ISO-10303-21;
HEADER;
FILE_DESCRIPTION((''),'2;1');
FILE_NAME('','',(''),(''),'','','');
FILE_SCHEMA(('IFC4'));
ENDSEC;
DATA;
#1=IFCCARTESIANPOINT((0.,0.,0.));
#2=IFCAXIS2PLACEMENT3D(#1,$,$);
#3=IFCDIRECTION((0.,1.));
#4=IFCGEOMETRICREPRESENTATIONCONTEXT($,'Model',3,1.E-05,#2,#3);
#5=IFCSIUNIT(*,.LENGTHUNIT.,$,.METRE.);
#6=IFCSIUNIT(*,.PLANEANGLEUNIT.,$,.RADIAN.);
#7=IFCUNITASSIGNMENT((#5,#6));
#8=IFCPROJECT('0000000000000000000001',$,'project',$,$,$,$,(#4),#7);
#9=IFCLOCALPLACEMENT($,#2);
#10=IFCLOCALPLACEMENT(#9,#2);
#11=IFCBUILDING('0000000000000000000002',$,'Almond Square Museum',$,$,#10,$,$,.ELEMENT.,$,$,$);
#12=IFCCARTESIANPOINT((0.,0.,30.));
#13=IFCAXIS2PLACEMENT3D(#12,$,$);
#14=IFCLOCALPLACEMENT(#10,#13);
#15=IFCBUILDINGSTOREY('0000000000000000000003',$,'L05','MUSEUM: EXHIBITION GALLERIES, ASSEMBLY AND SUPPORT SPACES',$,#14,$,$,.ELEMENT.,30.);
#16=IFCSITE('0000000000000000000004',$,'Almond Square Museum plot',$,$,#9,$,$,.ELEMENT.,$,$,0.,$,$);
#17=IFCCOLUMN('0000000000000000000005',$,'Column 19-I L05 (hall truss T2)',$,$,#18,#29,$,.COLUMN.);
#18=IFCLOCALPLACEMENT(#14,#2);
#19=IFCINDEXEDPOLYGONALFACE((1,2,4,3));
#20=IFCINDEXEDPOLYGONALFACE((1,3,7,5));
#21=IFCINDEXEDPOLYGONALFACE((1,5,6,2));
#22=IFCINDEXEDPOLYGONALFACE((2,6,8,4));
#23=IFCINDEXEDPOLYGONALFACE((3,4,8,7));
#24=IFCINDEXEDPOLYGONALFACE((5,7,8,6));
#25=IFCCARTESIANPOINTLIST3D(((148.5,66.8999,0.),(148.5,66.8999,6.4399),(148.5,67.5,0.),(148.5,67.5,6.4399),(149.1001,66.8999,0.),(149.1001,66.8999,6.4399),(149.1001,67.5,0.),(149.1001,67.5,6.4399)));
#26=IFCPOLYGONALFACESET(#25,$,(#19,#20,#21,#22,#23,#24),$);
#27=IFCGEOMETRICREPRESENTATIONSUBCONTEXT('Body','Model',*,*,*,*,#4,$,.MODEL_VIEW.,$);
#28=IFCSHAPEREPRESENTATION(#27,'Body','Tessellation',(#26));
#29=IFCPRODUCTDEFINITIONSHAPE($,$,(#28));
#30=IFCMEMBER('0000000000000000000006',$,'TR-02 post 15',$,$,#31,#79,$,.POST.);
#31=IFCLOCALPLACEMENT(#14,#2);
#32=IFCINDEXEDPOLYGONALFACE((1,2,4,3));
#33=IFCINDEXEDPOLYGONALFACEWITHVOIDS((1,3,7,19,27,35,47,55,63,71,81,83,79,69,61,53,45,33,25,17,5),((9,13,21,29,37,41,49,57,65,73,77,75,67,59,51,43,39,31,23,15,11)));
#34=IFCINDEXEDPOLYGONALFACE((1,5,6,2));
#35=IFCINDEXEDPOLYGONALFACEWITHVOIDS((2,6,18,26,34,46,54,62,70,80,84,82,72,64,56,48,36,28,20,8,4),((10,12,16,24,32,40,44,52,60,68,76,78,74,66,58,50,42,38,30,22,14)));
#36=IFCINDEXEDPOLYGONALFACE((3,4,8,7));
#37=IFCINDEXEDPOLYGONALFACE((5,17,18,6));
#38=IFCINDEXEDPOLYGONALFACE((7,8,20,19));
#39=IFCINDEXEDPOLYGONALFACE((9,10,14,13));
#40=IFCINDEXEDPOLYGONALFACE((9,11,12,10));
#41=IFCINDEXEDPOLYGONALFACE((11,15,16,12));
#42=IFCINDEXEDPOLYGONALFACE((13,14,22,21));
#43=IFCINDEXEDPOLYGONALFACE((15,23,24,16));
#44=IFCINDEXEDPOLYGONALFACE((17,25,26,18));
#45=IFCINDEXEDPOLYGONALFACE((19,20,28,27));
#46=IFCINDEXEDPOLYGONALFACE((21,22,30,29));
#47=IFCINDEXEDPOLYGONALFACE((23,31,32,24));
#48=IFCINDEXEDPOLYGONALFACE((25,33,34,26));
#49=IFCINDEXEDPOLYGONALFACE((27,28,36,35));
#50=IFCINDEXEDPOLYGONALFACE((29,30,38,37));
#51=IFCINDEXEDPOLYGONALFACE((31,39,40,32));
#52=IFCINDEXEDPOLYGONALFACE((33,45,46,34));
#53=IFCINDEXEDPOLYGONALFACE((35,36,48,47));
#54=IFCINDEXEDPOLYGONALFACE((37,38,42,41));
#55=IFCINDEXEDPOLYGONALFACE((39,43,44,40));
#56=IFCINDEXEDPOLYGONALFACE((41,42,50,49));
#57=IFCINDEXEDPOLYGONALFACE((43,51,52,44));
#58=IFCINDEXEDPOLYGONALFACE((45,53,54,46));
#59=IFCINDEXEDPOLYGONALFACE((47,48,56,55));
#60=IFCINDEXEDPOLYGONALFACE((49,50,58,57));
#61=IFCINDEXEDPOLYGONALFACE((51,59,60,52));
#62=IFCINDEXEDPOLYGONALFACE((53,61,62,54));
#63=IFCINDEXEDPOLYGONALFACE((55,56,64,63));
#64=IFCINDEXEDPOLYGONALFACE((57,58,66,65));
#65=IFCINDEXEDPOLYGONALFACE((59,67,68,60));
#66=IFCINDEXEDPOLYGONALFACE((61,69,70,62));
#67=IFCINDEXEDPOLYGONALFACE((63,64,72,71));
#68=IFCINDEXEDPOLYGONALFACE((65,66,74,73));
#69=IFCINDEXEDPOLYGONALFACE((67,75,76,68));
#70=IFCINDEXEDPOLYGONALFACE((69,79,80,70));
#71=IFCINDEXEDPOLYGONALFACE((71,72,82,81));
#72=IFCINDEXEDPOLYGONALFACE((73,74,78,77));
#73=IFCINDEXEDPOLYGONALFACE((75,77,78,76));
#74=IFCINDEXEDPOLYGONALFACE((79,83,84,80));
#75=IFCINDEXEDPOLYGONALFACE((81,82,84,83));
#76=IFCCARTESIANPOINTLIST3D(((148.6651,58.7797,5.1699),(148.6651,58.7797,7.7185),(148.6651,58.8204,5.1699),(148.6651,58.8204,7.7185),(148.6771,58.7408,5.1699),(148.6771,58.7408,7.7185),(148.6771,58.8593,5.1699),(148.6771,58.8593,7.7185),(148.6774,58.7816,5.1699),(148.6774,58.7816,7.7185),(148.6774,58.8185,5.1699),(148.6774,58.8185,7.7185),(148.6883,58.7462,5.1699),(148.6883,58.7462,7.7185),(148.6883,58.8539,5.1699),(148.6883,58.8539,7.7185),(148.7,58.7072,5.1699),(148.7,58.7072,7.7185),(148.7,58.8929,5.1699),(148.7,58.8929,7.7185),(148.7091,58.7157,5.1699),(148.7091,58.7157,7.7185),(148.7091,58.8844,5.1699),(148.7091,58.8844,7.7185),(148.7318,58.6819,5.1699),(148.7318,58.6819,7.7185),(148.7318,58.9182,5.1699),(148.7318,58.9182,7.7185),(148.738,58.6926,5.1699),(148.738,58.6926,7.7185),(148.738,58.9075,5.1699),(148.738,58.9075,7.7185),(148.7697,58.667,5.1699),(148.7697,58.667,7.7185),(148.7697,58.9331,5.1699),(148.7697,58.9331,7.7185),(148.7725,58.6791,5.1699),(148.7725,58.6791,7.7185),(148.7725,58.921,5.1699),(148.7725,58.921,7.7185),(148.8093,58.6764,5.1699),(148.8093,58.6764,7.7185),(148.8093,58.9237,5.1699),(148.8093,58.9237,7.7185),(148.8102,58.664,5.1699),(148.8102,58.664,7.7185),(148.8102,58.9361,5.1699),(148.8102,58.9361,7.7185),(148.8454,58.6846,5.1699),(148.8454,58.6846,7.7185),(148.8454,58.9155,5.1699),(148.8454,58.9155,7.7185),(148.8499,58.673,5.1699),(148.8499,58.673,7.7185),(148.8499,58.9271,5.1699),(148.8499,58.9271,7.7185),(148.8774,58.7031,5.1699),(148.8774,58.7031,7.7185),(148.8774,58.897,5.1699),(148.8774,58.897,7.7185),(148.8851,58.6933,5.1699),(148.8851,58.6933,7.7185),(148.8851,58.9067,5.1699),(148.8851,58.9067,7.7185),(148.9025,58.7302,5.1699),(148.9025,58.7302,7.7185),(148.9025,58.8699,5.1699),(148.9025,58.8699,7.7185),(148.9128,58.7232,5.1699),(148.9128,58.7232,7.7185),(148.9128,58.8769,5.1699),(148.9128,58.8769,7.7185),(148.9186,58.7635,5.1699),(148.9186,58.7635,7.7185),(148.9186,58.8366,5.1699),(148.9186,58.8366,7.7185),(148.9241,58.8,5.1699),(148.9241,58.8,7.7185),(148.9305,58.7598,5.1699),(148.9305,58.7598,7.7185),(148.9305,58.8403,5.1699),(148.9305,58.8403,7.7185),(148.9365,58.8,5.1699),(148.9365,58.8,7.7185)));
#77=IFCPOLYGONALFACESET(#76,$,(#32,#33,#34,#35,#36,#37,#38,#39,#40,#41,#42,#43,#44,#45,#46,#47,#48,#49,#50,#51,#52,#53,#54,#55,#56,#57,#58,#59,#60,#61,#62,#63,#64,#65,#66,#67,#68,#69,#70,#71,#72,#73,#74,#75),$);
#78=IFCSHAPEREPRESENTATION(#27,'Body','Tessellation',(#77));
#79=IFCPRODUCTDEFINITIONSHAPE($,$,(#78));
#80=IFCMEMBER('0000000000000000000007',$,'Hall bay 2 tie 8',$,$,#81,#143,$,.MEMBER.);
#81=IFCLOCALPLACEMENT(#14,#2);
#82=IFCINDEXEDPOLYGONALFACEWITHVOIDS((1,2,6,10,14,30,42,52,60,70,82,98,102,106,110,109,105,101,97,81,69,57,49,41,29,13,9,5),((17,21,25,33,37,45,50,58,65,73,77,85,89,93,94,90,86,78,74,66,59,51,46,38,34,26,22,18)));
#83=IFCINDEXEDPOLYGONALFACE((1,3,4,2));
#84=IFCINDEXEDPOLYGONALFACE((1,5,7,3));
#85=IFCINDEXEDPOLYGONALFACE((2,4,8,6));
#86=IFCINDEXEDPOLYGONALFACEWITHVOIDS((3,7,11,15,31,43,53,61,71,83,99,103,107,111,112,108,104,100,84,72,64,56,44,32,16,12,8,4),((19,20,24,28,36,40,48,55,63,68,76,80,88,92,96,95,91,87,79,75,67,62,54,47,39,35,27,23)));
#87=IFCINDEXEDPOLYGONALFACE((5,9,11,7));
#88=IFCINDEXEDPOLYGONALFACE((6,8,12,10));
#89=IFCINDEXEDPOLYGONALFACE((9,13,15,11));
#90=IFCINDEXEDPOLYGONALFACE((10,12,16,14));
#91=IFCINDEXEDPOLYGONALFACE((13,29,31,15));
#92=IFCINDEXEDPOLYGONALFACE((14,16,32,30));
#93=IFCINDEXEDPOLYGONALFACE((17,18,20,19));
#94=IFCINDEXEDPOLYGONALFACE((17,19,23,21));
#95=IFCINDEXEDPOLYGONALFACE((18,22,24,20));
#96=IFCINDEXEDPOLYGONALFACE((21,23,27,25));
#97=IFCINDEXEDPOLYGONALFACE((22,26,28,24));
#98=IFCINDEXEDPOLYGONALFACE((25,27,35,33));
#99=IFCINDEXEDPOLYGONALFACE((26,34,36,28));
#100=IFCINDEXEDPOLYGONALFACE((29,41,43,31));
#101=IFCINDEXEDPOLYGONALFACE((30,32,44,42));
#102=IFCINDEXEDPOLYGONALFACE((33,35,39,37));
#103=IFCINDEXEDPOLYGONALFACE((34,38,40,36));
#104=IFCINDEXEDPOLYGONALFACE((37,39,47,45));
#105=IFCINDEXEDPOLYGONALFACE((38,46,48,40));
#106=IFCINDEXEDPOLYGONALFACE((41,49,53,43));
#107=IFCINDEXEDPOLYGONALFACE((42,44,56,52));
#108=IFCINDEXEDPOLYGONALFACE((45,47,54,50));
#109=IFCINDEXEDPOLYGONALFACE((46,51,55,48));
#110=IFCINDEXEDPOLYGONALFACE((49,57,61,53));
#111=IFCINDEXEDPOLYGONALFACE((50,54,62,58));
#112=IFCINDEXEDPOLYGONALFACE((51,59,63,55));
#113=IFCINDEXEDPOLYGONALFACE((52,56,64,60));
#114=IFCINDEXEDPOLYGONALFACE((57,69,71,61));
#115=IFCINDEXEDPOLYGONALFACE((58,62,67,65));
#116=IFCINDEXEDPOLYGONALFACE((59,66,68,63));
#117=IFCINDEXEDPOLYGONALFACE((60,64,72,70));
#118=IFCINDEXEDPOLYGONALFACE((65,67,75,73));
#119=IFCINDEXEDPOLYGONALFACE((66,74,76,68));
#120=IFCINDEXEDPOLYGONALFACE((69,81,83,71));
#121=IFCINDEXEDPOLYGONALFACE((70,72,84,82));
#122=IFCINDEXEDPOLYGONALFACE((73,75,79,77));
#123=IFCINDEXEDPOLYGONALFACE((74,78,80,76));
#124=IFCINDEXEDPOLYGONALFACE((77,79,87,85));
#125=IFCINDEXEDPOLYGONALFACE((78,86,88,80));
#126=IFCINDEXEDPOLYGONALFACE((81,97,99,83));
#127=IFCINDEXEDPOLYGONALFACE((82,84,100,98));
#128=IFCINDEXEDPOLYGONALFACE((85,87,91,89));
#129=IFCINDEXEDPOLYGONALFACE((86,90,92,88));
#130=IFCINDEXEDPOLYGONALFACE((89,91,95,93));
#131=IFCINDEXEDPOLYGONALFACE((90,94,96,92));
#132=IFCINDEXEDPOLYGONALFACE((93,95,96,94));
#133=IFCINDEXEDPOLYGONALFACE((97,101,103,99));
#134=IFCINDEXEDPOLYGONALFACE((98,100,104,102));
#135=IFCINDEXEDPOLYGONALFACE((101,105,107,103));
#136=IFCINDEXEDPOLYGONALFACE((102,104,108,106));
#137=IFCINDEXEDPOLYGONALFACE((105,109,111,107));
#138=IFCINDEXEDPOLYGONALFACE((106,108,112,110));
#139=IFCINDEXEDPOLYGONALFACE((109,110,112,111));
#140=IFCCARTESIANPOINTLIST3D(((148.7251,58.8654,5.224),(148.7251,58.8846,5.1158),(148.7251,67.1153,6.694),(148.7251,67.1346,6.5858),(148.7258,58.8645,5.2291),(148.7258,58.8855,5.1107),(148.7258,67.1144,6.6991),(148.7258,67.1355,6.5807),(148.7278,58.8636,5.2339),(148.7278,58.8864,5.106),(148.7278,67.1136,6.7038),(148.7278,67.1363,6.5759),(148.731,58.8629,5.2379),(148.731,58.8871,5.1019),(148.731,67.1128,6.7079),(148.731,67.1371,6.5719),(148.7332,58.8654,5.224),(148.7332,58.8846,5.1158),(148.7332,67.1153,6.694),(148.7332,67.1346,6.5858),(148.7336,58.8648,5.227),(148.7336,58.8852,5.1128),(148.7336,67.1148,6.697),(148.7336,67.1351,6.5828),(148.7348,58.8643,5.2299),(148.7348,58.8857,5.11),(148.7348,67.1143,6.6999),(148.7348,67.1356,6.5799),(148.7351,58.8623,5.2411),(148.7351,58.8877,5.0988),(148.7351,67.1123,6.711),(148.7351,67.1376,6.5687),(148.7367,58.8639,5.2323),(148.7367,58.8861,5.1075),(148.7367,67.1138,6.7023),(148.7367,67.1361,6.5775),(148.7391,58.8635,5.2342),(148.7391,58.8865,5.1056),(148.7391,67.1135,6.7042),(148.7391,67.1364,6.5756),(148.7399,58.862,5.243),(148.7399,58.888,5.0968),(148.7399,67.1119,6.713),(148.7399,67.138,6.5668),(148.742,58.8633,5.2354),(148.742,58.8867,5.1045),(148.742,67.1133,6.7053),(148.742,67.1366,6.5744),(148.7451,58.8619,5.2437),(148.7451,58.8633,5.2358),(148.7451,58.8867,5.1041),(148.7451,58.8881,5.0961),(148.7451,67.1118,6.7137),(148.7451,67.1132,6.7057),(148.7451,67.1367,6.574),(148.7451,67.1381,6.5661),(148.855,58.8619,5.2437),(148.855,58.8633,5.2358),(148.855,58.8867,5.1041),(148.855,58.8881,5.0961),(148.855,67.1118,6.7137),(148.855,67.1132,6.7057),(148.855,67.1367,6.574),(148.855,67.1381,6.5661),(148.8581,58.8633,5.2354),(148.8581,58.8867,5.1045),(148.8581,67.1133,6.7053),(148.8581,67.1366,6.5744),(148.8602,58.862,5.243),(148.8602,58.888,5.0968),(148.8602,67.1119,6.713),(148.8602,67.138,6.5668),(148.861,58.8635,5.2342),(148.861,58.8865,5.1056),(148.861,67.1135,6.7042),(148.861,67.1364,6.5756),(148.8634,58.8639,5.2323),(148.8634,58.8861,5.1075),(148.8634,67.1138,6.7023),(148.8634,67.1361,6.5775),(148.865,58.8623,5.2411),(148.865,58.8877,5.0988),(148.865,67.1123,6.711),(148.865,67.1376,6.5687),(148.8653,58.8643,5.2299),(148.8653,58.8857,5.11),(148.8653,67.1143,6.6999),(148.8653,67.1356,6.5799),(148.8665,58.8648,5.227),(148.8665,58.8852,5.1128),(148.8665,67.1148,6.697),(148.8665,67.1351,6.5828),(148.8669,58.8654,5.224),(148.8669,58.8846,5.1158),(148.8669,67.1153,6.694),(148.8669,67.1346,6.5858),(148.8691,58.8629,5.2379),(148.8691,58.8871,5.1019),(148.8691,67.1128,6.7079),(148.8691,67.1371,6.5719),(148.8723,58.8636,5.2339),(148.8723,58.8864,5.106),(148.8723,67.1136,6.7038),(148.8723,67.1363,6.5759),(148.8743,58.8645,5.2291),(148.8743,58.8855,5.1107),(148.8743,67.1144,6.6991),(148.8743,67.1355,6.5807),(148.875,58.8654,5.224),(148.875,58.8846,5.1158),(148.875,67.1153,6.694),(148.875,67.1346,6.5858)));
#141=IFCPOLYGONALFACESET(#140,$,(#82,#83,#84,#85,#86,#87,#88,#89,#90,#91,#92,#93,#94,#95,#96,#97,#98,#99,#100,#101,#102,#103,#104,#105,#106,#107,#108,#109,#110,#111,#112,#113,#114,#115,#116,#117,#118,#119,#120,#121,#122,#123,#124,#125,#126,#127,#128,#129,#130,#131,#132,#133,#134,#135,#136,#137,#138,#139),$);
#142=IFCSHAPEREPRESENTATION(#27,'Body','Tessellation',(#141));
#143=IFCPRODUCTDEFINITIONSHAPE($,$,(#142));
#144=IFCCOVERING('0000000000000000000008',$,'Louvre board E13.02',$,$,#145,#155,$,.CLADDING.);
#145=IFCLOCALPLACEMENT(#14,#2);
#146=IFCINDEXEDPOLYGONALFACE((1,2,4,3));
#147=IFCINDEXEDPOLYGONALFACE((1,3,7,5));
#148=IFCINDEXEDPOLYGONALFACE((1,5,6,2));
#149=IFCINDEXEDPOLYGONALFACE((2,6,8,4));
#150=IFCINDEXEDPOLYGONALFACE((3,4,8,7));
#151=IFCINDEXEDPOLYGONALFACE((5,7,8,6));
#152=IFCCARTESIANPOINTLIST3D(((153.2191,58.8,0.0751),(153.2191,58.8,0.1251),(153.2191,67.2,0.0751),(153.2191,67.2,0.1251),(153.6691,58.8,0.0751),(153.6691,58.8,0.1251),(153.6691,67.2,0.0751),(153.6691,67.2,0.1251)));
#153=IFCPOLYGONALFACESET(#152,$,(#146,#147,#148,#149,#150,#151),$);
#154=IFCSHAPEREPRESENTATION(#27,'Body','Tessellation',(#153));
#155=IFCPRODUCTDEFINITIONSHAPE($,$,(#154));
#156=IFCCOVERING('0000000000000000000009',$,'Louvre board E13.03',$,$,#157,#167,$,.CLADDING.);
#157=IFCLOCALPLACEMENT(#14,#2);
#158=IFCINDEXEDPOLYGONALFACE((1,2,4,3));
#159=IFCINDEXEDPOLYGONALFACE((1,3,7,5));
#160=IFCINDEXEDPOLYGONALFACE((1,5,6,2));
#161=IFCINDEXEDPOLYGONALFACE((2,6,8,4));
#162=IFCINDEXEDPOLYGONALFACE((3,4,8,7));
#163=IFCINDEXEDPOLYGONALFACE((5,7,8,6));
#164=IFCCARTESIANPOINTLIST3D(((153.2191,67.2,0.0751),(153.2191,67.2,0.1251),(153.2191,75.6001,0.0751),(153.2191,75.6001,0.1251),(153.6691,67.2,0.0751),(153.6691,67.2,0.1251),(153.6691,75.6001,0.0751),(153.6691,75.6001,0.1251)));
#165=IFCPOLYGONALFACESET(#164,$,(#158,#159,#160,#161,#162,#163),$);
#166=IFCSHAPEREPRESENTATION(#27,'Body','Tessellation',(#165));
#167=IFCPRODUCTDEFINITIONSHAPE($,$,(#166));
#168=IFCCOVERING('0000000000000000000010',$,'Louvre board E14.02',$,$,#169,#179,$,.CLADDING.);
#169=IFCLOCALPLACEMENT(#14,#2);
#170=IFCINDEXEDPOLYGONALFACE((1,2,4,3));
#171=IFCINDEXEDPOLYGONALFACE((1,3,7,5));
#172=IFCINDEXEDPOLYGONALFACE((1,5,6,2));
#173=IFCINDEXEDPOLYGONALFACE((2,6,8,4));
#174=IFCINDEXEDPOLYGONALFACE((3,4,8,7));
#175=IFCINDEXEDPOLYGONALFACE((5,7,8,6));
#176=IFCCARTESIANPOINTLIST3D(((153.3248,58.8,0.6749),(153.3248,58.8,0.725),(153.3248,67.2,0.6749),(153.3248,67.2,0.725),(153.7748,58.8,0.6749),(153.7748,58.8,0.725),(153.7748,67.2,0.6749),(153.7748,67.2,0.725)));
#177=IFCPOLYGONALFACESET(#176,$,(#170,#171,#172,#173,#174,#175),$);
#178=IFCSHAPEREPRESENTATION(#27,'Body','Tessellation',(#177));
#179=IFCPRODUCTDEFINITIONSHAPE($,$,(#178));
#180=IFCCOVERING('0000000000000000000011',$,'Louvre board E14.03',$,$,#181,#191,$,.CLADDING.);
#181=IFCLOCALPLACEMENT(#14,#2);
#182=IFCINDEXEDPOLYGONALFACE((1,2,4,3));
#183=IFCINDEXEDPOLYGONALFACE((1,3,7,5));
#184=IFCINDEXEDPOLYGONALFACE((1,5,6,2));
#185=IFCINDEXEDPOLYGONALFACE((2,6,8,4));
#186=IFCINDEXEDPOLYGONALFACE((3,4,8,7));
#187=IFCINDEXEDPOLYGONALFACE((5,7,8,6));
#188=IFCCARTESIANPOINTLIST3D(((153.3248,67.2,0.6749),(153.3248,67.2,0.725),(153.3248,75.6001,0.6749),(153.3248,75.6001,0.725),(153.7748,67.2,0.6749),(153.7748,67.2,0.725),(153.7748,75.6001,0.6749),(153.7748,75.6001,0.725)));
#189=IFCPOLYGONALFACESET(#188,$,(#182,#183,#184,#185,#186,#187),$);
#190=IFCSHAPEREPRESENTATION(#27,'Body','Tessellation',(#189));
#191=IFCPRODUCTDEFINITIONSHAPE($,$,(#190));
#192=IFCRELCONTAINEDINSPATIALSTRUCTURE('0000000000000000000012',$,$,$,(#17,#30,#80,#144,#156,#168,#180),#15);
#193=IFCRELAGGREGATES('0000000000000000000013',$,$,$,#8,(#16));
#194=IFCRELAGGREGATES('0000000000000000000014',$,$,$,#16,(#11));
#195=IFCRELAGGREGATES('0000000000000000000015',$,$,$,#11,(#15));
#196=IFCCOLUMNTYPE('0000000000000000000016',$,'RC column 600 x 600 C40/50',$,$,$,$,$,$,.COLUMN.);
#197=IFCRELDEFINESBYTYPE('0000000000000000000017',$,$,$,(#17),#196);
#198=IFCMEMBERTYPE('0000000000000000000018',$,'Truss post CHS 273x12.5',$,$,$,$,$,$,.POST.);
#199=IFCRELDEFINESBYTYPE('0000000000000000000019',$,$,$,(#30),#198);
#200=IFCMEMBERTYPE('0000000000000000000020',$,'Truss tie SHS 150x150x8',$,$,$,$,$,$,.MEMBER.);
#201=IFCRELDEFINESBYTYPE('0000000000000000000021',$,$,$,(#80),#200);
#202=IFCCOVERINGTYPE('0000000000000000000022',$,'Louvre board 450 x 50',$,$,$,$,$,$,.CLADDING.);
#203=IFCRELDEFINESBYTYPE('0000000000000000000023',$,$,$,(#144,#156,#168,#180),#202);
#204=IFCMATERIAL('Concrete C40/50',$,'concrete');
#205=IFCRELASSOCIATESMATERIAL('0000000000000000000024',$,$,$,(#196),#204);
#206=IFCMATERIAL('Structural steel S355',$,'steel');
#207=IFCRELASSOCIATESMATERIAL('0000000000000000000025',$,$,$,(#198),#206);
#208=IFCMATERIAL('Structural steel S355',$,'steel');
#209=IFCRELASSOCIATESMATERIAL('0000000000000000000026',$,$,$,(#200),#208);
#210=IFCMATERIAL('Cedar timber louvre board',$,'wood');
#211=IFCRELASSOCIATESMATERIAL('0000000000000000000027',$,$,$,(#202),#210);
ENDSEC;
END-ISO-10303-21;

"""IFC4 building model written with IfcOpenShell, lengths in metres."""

from ifc_helpers import new_model, si_unit, direction, frame, origin, origin_2d, place, context, subcontext, project, spatial, rectangle, hollow_rectangle, hollow_circle, extrude, material, material_profile, profile_set, type_object, element, save


model = new_model("IFC4")

# Units and contexts
model_context = context("Model", 3, precision=1e-05, world=origin(), true_north=direction((0.0, 1.0)))
body_context = subcontext(model_context, "Body", "Model", "MODEL_VIEW")
ifc_project = project(units=[si_unit("LENGTHUNIT", "METRE"), si_unit("PLANEANGLEUNIT", "RADIAN")], contexts=[model_context])

# Site, building, storey
site_placement = place(None, origin())
site = spatial("IfcSite", under=ifc_project, at=site_placement, Name="Almond Square Museum plot", CompositionType="ELEMENT", RefElevation=0.0)
building_placement = place(site_placement, origin())
building = spatial("IfcBuilding", under=site, at=building_placement, Name="Almond Square Museum", CompositionType="ELEMENT")
storey_placement = place(building_placement, frame((0.0, 0.0, 30.0)))
storey = spatial("IfcBuildingStorey", under=building, at=storey_placement, Name="L05", Description="MUSEUM: EXHIBITION GALLERIES, ASSEMBLY AND SUPPORT SPACES", CompositionType="ELEMENT", Elevation=30.0)

# Column
ifc_material_1 = material(Name="Concrete C40/50", Category="concrete")
ifc_material_profile_1 = material_profile(ifc_material_1, rectangle(XDim=0.6001, YDim=0.6001, at=origin_2d()))
ifc_profile_set_1 = profile_set([ifc_material_profile_1], Name="Concrete C40/50")
column_type = type_object("IfcColumnType", Name="RC column 600 x 600 C40/50", PredefinedType="COLUMN", material=ifc_profile_set_1)
column_placement = place(storey_placement, frame((148.8, 67.2, 0.0), z_axis=(0.0, 0.0, 1.0), x_axis=(1.0, 0.0, 0.0)))
element("IfcColumn", 1, at=column_placement, inside=storey, type_object=column_type, Name="Column 19-I L05 (hall truss T2)", PredefinedType="COLUMN", context=body_context, shape_type="SweptSolid", body=[
    extrude(rectangle(XDim=0.6001, YDim=0.6001, at=origin_2d()), origin(), (0.0, 0.0, 1.0), 6.4399),
])

# Members
ifc_material_2 = material(Name="Structural steel S355", Category="steel")
ifc_material_profile_2 = material_profile(ifc_material_2, hollow_circle(Radius=0.1365, WallThickness=0.0125, at=origin_2d()))
ifc_profile_set_2 = profile_set([ifc_material_profile_2], Name="Structural steel S355")
member_type_1 = type_object("IfcMemberType", Name="Truss post CHS 273x12.5", PredefinedType="POST", material=ifc_profile_set_2)
member_1_placement = place(storey_placement, frame((148.8, 58.8, 5.1699), z_axis=(0.0, 0.0, 1.0), x_axis=(1.0, 0.0, 0.0)))
element("IfcMember", 2, at=member_1_placement, inside=storey, type_object=member_type_1, Name="TR-02 post 15", PredefinedType="POST", context=body_context, shape_type="SweptSolid", body=[
    extrude(hollow_circle(Radius=0.1365, WallThickness=0.0125, at=origin_2d()), origin(), (0.0, 0.0, 1.0), 2.5486),
])
ifc_material_3 = material(Name="Structural steel S355", Category="steel")
ifc_material_profile_3 = material_profile(ifc_material_3, hollow_rectangle(XDim=0.1499, YDim=0.1499, WallThickness=0.0081, InnerFilletRadius=0.012, OuterFilletRadius=0.02, at=origin_2d()))
ifc_profile_set_3 = profile_set([ifc_material_profile_3], Name="Structural steel S355")
member_type_2 = type_object("IfcMemberType", Name="Truss tie SHS 150x150x8", PredefinedType="MEMBER", material=ifc_profile_set_3)
member_2_placement = place(storey_placement, frame((148.8, 58.875, 5.1699), z_axis=(0.0, 0.984494, 0.175416), x_axis=(-1.0, 0.0, 0.0)))
element("IfcMember", 3, at=member_2_placement, inside=storey, type_object=member_type_2, Name="Hall bay 2 tie 8", PredefinedType="MEMBER", context=body_context, shape_type="SweptSolid", body=[
    extrude(hollow_rectangle(XDim=0.1499, YDim=0.1499, WallThickness=0.0081, InnerFilletRadius=0.012, OuterFilletRadius=0.02, at=origin_2d()), origin(), (0.0, 0.0, 1.0), 8.3799),
])

# Coverings
ifc_material_4 = material(Name="Cedar timber louvre board", Category="wood")
ifc_material_profile_4 = material_profile(ifc_material_4, rectangle(XDim=0.45, YDim=0.05, at=origin_2d()))
ifc_profile_set_4 = profile_set([ifc_material_profile_4], Name="Cedar timber louvre board")
covering_type = type_object("IfcCoveringType", Name="Louvre board 450 x 50", PredefinedType="CLADDING", material=ifc_profile_set_4)
covering_1_placement = place(storey_placement, frame((153.4441, 58.8, 0.1001), z_axis=(0.0, 1.0, 0.0), x_axis=(-1.0, 0.0, 0.0)))
element("IfcCovering", 4, at=covering_1_placement, inside=storey, type_object=covering_type, Name="Louvre board E13.02", PredefinedType="CLADDING", context=body_context, shape_type="SweptSolid", body=[
    extrude(rectangle(XDim=0.45, YDim=0.05, at=origin_2d()), origin(), (0.0, 0.0, 1.0), 8.3999),
])
covering_2_placement = place(storey_placement, frame((153.4441, 67.2, 0.1001), z_axis=(0.0, 1.0, 0.0), x_axis=(-1.0, 0.0, 0.0)))
element("IfcCovering", 5, at=covering_2_placement, inside=storey, type_object=covering_type, Name="Louvre board E13.03", PredefinedType="CLADDING", context=body_context, shape_type="SweptSolid", body=[
    extrude(rectangle(XDim=0.45, YDim=0.05, at=origin_2d()), origin(), (0.0, 0.0, 1.0), 8.4001),
])
covering_3_placement = place(storey_placement, frame((153.5498, 58.8, 0.7), z_axis=(0.0, 1.0, 0.0), x_axis=(-1.0, 0.0, 0.0)))
element("IfcCovering", 6, at=covering_3_placement, inside=storey, type_object=covering_type, Name="Louvre board E14.02", PredefinedType="CLADDING", context=body_context, shape_type="SweptSolid", body=[
    extrude(rectangle(XDim=0.45, YDim=0.05, at=origin_2d()), origin(), (0.0, 0.0, 1.0), 8.3999),
])
covering_4_placement = place(storey_placement, frame((153.5498, 67.2, 0.7), z_axis=(0.0, 1.0, 0.0), x_axis=(-1.0, 0.0, 0.0)))
element("IfcCovering", 7, at=covering_4_placement, inside=storey, type_object=covering_type, Name="Louvre board E14.03", PredefinedType="CLADDING", context=body_context, shape_type="SweptSolid", body=[
    extrude(rectangle(XDim=0.45, YDim=0.05, at=origin_2d()), origin(), (0.0, 0.0, 1.0), 8.4001),
])

save(model, "model.ifc")
